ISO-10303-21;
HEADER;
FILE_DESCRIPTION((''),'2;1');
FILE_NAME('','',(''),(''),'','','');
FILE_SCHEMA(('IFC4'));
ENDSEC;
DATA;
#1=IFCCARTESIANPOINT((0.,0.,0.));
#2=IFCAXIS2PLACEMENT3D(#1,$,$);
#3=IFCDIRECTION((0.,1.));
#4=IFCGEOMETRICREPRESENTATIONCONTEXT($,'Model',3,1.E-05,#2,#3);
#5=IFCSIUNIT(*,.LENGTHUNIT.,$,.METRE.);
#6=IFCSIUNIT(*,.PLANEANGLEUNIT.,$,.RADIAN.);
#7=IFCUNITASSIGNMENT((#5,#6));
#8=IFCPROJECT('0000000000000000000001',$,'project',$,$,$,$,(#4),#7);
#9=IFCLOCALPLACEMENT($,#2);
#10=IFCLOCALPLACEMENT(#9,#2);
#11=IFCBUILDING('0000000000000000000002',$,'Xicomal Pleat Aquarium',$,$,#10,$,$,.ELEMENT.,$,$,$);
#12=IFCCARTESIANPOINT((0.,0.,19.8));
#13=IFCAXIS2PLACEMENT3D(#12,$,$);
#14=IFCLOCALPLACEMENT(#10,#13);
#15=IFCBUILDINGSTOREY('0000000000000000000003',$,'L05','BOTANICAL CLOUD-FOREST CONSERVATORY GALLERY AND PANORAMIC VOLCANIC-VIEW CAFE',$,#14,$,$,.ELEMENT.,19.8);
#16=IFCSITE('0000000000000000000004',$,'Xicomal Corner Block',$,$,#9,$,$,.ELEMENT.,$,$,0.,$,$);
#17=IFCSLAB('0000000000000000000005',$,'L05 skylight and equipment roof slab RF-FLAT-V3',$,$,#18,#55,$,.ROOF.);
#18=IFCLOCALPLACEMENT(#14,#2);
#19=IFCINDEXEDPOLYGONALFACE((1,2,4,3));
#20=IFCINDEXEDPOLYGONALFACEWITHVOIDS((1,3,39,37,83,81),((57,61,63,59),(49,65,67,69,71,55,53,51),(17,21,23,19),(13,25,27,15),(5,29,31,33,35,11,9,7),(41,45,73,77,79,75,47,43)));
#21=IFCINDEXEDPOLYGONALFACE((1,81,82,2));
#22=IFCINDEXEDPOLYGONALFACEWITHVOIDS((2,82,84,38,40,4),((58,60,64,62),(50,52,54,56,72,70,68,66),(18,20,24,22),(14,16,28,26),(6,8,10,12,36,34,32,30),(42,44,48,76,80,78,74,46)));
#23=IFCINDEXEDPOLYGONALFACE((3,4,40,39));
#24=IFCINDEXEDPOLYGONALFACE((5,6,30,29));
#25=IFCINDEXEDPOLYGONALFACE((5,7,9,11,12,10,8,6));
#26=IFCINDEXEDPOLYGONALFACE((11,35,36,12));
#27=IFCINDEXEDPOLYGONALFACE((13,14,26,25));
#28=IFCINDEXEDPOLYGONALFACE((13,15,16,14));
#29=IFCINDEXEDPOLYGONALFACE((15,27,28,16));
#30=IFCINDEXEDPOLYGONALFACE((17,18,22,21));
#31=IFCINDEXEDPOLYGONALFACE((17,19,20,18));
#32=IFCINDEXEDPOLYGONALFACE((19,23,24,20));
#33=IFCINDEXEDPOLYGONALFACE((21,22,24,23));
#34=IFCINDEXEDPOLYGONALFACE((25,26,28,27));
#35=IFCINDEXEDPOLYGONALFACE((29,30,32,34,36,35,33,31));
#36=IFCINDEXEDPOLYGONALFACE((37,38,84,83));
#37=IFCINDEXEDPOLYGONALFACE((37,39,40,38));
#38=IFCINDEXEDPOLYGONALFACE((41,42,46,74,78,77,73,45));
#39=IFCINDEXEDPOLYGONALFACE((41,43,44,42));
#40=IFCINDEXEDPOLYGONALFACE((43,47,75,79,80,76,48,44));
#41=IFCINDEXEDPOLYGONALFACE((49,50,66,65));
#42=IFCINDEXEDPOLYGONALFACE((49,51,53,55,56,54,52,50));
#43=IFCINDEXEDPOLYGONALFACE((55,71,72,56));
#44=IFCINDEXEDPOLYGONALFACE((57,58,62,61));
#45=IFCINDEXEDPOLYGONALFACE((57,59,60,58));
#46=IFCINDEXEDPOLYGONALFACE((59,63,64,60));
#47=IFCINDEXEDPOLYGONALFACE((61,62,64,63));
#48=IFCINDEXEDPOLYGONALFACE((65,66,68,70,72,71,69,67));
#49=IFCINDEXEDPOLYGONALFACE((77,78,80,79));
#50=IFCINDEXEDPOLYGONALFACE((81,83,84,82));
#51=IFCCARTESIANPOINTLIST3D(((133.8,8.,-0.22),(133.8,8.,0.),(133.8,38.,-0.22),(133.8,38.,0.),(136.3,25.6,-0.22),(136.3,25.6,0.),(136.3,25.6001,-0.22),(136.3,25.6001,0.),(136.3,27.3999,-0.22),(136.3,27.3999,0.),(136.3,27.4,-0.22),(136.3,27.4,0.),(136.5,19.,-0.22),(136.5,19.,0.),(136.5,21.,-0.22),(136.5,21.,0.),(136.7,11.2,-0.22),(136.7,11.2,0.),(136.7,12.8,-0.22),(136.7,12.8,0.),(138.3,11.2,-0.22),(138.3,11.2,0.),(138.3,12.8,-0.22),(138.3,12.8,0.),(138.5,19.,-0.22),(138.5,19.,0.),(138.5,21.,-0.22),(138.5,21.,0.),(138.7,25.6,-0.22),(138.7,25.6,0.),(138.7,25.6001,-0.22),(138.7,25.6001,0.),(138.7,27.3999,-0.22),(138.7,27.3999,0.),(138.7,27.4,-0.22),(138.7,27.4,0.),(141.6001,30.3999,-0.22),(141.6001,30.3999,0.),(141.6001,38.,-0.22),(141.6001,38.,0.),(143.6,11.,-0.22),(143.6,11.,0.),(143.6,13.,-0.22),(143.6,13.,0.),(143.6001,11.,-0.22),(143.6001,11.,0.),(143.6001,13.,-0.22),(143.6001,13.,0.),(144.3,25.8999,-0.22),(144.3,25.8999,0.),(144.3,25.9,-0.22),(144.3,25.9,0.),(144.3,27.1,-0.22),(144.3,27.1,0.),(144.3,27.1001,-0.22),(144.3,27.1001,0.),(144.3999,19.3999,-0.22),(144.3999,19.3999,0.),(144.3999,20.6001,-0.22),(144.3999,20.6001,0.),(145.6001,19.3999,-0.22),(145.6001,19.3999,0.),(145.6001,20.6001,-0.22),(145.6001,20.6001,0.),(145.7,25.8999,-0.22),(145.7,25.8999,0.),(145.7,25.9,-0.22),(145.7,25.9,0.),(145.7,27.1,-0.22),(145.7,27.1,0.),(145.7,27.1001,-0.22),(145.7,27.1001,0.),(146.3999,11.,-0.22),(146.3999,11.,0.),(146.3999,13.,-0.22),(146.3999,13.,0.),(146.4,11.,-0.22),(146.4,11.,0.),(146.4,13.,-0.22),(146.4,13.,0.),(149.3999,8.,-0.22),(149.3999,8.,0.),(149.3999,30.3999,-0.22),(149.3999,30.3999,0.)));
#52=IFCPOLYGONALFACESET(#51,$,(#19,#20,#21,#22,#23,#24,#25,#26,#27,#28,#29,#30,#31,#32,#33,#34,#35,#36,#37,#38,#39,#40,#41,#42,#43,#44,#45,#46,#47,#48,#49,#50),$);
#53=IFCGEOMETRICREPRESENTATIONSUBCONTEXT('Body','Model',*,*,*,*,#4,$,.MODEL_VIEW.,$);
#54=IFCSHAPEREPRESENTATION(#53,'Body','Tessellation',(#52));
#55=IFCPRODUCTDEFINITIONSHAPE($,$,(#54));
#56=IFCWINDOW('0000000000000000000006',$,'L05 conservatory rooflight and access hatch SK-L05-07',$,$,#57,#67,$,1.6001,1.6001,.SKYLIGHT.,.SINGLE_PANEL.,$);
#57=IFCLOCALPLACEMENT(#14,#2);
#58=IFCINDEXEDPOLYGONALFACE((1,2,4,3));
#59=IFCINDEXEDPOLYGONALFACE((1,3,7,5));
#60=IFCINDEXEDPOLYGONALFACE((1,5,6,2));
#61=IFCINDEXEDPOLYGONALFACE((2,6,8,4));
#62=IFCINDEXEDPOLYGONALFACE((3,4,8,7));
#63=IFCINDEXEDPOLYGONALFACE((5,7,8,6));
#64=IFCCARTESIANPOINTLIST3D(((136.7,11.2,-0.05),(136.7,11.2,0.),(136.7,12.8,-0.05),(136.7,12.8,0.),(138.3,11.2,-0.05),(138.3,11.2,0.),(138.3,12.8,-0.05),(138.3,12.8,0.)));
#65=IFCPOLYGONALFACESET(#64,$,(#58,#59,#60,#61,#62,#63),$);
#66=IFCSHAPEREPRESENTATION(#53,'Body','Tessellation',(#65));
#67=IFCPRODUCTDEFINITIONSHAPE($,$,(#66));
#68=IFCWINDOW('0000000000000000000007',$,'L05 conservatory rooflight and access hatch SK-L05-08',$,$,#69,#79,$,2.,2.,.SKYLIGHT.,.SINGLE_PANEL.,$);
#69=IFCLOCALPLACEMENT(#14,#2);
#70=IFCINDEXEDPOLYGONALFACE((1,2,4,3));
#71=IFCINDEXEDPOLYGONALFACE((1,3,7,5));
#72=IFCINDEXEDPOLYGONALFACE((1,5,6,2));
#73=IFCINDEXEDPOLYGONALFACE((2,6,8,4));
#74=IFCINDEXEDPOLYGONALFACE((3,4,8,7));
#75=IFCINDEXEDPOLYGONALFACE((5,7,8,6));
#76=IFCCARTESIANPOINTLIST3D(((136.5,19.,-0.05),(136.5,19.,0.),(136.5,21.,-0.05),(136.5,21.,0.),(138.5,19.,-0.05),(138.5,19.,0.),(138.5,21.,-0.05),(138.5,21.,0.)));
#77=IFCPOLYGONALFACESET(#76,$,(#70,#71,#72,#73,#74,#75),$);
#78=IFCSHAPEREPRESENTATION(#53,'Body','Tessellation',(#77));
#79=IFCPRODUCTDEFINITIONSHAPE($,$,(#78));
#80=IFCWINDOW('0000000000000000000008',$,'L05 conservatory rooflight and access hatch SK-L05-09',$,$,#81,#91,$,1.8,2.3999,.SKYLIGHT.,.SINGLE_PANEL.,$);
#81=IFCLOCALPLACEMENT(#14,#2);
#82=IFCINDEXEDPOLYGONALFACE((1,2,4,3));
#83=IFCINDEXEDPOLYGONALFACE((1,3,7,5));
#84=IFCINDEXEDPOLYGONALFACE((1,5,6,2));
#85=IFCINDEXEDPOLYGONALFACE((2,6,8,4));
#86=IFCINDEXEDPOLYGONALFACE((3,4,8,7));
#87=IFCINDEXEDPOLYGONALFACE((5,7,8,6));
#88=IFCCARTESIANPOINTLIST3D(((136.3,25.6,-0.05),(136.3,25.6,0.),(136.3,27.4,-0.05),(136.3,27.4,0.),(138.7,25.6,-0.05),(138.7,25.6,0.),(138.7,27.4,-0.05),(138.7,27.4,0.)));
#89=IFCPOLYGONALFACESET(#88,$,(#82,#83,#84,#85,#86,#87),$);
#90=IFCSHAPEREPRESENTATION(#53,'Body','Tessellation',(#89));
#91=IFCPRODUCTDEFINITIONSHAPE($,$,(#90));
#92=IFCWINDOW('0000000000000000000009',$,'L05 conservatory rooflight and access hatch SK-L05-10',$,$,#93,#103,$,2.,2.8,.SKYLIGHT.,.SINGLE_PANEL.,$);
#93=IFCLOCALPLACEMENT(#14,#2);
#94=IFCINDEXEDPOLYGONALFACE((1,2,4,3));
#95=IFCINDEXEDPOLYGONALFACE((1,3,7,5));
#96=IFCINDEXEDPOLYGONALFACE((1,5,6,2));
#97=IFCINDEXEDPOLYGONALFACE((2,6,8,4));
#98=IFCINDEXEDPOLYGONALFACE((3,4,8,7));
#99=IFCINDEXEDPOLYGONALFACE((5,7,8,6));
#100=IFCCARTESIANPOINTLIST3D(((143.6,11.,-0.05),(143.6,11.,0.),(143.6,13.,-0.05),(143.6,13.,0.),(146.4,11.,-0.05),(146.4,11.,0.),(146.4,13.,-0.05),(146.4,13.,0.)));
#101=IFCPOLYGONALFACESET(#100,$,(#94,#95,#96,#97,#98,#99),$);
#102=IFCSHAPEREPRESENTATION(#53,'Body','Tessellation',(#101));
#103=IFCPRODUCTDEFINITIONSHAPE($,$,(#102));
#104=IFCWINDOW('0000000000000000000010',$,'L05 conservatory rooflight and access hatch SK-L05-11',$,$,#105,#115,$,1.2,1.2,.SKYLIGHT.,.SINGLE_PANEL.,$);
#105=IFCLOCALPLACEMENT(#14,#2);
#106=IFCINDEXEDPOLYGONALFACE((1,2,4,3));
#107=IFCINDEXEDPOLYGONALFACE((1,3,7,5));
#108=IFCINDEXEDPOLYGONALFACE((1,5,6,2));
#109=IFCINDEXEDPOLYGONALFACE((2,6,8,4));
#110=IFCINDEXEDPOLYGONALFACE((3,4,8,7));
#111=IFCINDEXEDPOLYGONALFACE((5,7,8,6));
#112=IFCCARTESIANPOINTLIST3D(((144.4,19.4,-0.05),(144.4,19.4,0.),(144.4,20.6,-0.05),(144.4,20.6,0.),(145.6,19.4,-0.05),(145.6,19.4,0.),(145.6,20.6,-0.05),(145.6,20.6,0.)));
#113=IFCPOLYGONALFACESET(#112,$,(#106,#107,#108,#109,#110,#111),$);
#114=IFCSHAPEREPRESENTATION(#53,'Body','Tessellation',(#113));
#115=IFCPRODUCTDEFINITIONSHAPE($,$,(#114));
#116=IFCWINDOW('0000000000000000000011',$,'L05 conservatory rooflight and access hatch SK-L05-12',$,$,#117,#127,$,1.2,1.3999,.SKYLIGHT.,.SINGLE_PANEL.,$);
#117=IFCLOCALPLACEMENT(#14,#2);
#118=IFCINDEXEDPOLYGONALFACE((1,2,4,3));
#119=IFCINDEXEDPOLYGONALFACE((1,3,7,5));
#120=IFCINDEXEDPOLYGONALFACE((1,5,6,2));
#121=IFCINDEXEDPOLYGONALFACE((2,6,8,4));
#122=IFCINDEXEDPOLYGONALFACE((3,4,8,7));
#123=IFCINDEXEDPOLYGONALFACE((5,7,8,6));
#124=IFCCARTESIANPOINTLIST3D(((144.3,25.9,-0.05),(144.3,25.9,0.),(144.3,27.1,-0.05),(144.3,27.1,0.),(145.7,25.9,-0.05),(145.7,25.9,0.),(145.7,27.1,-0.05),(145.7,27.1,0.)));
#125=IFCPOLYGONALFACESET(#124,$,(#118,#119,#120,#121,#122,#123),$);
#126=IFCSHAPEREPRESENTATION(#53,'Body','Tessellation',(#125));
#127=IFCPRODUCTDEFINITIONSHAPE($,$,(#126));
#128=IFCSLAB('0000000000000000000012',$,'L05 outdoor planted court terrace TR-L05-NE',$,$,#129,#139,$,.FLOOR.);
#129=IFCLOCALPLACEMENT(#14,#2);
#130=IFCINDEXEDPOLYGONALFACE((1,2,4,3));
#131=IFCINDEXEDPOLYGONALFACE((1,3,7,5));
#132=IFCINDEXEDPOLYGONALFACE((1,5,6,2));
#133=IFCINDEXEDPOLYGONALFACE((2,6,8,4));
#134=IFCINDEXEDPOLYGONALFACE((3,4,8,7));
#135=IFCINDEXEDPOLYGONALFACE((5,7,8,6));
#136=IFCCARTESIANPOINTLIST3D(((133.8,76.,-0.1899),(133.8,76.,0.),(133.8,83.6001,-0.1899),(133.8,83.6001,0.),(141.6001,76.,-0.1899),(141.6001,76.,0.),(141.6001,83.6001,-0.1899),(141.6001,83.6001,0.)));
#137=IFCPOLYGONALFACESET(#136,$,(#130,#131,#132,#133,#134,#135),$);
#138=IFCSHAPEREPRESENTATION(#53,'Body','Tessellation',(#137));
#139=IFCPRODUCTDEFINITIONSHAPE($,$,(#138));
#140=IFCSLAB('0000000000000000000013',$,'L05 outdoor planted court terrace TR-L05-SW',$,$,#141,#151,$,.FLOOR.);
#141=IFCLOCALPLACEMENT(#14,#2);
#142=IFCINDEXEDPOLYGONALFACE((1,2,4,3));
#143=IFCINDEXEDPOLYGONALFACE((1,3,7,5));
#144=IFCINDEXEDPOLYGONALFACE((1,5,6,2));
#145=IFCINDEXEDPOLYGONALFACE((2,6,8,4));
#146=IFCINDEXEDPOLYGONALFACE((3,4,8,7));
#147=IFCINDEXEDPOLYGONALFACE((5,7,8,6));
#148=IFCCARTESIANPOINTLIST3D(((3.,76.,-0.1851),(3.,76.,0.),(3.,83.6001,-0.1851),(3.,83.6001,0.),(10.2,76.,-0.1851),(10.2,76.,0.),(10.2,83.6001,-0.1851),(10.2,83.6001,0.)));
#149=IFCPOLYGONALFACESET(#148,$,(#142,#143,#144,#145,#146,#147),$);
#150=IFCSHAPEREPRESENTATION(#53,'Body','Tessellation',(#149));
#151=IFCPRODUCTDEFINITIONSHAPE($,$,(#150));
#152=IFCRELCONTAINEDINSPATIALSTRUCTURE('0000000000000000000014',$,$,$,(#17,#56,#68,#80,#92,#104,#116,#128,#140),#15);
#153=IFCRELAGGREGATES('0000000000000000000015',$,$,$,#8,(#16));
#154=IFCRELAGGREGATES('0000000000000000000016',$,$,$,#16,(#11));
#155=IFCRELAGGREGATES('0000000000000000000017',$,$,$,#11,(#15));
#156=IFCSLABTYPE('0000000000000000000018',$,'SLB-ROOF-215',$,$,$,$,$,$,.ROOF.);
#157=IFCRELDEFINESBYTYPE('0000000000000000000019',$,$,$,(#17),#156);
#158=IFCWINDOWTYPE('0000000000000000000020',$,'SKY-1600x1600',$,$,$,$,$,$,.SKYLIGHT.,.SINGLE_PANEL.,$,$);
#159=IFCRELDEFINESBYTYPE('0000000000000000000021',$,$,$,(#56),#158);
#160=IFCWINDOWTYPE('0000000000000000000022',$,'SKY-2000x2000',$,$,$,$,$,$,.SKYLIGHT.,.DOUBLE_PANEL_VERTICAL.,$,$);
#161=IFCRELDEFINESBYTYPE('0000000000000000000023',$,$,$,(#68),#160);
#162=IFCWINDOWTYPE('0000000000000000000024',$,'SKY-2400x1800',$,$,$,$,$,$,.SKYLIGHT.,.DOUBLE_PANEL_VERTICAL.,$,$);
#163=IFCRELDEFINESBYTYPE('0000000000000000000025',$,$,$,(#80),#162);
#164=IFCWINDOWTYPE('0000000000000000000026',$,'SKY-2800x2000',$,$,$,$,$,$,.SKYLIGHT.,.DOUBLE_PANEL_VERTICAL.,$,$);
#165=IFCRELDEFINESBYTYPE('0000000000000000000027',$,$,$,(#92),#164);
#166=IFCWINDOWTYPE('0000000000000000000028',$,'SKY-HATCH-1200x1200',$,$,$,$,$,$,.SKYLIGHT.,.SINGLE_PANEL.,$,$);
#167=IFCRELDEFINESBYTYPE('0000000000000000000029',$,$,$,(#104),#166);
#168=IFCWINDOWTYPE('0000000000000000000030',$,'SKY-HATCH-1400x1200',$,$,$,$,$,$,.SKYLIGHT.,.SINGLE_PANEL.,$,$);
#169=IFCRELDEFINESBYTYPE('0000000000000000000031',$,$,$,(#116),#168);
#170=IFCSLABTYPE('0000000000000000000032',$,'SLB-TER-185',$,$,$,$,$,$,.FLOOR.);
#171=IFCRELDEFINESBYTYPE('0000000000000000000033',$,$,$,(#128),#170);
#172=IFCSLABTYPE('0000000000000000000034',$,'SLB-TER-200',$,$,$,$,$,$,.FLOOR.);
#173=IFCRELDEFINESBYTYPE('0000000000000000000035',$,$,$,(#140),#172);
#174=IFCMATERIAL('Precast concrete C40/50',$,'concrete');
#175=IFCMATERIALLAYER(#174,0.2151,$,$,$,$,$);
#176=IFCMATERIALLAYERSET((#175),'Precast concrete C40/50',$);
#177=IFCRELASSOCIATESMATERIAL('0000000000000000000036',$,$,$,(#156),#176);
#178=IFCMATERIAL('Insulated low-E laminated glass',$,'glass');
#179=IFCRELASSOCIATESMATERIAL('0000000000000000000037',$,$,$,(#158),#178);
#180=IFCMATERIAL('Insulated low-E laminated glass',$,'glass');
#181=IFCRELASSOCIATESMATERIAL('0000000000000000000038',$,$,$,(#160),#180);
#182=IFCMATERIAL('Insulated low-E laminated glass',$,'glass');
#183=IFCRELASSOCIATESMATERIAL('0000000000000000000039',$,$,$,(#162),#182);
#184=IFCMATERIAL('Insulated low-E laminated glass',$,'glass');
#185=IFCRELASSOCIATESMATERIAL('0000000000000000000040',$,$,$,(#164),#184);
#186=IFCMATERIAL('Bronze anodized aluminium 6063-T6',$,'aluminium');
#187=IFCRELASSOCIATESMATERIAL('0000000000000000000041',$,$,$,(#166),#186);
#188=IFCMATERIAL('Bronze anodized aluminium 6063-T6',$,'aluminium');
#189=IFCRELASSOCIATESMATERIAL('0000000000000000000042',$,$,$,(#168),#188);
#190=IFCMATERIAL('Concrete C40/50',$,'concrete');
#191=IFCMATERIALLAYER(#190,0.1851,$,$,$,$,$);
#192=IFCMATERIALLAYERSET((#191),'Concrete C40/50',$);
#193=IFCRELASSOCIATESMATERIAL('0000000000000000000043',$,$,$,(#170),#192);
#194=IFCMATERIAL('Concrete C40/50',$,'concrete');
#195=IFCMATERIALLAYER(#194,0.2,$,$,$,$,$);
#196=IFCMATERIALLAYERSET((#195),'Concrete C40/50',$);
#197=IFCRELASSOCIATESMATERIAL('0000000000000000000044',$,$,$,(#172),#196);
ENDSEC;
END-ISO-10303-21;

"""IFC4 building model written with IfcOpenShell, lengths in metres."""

from ifc_helpers import new_model, si_unit, direction, frame, origin, origin_2d, place, context, subcontext, project, spatial, polyline, rectangle, outline, extrude, material, layer, layer_set, type_object, element, fill, save


model = new_model("IFC4")

# Units and contexts
model_context = context("Model", 3, precision=1e-05, world=origin(), true_north=direction((0.0, 1.0)))
body_context = subcontext(model_context, "Body", "Model", "MODEL_VIEW")
ifc_project = project(units=[si_unit("LENGTHUNIT", "METRE"), si_unit("PLANEANGLEUNIT", "RADIAN")], contexts=[model_context])

# Site, building, storey
site_placement = place(None, origin())
site = spatial("IfcSite", under=ifc_project, at=site_placement, Name="Xicomal Corner Block", CompositionType="ELEMENT", RefElevation=0.0)
building_placement = place(site_placement, origin())
building = spatial("IfcBuilding", under=site, at=building_placement, Name="Xicomal Pleat Aquarium", CompositionType="ELEMENT")
storey_placement = place(building_placement, frame((0.0, 0.0, 19.8)))
storey = spatial("IfcBuildingStorey", under=building, at=storey_placement, Name="L05", Description="BOTANICAL CLOUD-FOREST CONSERVATORY GALLERY AND PANORAMIC VOLCANIC-VIEW CAFE", CompositionType="ELEMENT", Elevation=19.8)

# Slab, openings, windows
ifc_material_1 = material(Name="Precast concrete C40/50", Category="concrete")
ifc_layer_1 = layer(ifc_material_1, 0.2151)
ifc_layer_set_1 = layer_set([ifc_layer_1], Name="Precast concrete C40/50")
slab_type_1 = type_object("IfcSlabType", Name="SLB-ROOF-215", PredefinedType="ROOF", material=ifc_layer_set_1)
ifc_material_2 = material(Name="Insulated low-E laminated glass", Category="glass")
window_type_1 = type_object("IfcWindowType", Name="SKY-1600x1600", PartitioningType="SINGLE_PANEL", PredefinedType="SKYLIGHT", material=ifc_material_2)
ifc_material_3 = material(Name="Insulated low-E laminated glass", Category="glass")
window_type_2 = type_object("IfcWindowType", Name="SKY-2000x2000", PartitioningType="DOUBLE_PANEL_VERTICAL", PredefinedType="SKYLIGHT", material=ifc_material_3)
ifc_material_4 = material(Name="Insulated low-E laminated glass", Category="glass")
window_type_3 = type_object("IfcWindowType", Name="SKY-2400x1800", PartitioningType="DOUBLE_PANEL_VERTICAL", PredefinedType="SKYLIGHT", material=ifc_material_4)
ifc_material_5 = material(Name="Insulated low-E laminated glass", Category="glass")
window_type_4 = type_object("IfcWindowType", Name="SKY-2800x2000", PartitioningType="DOUBLE_PANEL_VERTICAL", PredefinedType="SKYLIGHT", material=ifc_material_5)
ifc_material_6 = material(Name="Bronze anodized aluminium 6063-T6", Category="aluminium")
window_type_5 = type_object("IfcWindowType", Name="SKY-HATCH-1200x1200", PartitioningType="SINGLE_PANEL", PredefinedType="SKYLIGHT", material=ifc_material_6)
ifc_material_7 = material(Name="Bronze anodized aluminium 6063-T6", Category="aluminium")
window_type_6 = type_object("IfcWindowType", Name="SKY-HATCH-1400x1200", PartitioningType="SINGLE_PANEL", PredefinedType="SKYLIGHT", material=ifc_material_7)
slab_1_placement = place(storey_placement, frame((0.0, 0.0, -0.22)))
slab_1 = element("IfcSlab", 1, at=slab_1_placement, inside=storey, type_object=slab_type_1, Name="L05 skylight and equipment roof slab RF-FLAT-V3", PredefinedType="ROOF", context=body_context, shape_type="SweptSolid", body=[
    extrude(outline(polyline([(133.8, 8.0), (149.3999, 8.0), (149.3999, 30.3999), (141.6001, 30.3999), (141.6001, 38.0), (133.8, 38.0), (133.8, 8.0)]), holes=[polyline([(136.7, 11.2), (138.3, 11.2), (138.3, 12.8), (136.7, 12.8), (136.7, 11.2)]), polyline([(136.5, 19.0), (138.5, 19.0), (138.5, 21.0), (136.5, 21.0), (136.5, 19.0)]), polyline([(136.3, 25.6001), (138.7, 25.6001), (138.7, 27.3999), (136.3, 27.3999), (136.3, 25.6001)]), polyline([(143.6001, 11.0), (146.3999, 11.0), (146.3999, 13.0), (143.6001, 13.0), (143.6001, 11.0)]), polyline([(144.3999, 19.3999), (145.6001, 19.3999), (145.6001, 20.6001), (144.3999, 20.6001), (144.3999, 19.3999)]), polyline([(144.3, 25.8999), (145.7, 25.8999), (145.7, 27.1001), (144.3, 27.1001), (144.3, 25.8999)])]), origin(), (0.0, 0.0, 1.0), 0.22),
])
opening_1_placement = place(slab_1_placement, frame((137.5, 12.0, 0.0)))
opening_1 = element("IfcOpeningElement", 2, at=opening_1_placement, cuts=slab_1, PredefinedType="OPENING", context=body_context, shape_type="SweptSolid", body=[
    extrude(rectangle(XDim=1.6001, YDim=1.6001, at=origin_2d()), origin(), (0.0, 0.0, 1.0), 0.22),
])
opening_2_placement = place(slab_1_placement, frame((137.5, 20.0, 0.0)))
opening_2 = element("IfcOpeningElement", 3, at=opening_2_placement, cuts=slab_1, PredefinedType="OPENING", context=body_context, shape_type="SweptSolid", body=[
    extrude(rectangle(XDim=2.0, YDim=2.0, at=origin_2d()), origin(), (0.0, 0.0, 1.0), 0.22),
])
opening_3_placement = place(slab_1_placement, frame((137.5, 26.5, 0.0)))
opening_3 = element("IfcOpeningElement", 4, at=opening_3_placement, cuts=slab_1, PredefinedType="OPENING", context=body_context, shape_type="SweptSolid", body=[
    extrude(rectangle(XDim=2.3999, YDim=1.8, at=origin_2d()), origin(), (0.0, 0.0, 1.0), 0.22),
])
opening_4_placement = place(slab_1_placement, frame((145.0, 12.0, 0.0)))
opening_4 = element("IfcOpeningElement", 5, at=opening_4_placement, cuts=slab_1, PredefinedType="OPENING", context=body_context, shape_type="SweptSolid", body=[
    extrude(rectangle(XDim=2.8, YDim=2.0, at=origin_2d()), origin(), (0.0, 0.0, 1.0), 0.22),
])
opening_5_placement = place(slab_1_placement, frame((145.0, 20.0, 0.0)))
opening_5 = element("IfcOpeningElement", 6, at=opening_5_placement, cuts=slab_1, PredefinedType="OPENING", context=body_context, shape_type="SweptSolid", body=[
    extrude(rectangle(XDim=1.2, YDim=1.2, at=origin_2d()), origin(), (0.0, 0.0, 1.0), 0.22),
])
opening_6_placement = place(slab_1_placement, frame((145.0, 26.5, 0.0)))
opening_6 = element("IfcOpeningElement", 7, at=opening_6_placement, cuts=slab_1, PredefinedType="OPENING", context=body_context, shape_type="SweptSolid", body=[
    extrude(rectangle(XDim=1.3999, YDim=1.2, at=origin_2d()), origin(), (0.0, 0.0, 1.0), 0.22),
])
window_1_placement = place(opening_1_placement, frame((0.0, 0.0, 0.1699)))
window_1 = element("IfcWindow", 8, at=window_1_placement, inside=storey, type_object=window_type_1, Name="L05 conservatory rooflight and access hatch SK-L05-07", OverallHeight=1.6001, OverallWidth=1.6001, PartitioningType="SINGLE_PANEL", PredefinedType="SKYLIGHT", context=body_context, shape_type="SweptSolid", body=[
    extrude(rectangle(XDim=1.6001, YDim=1.6001, at=origin_2d()), origin(), (0.0, 0.0, 1.0), 0.05),
])
fill(opening_1, window_1)
window_2_placement = place(opening_2_placement, frame((0.0, 0.0, 0.1699)))
window_2 = element("IfcWindow", 9, at=window_2_placement, inside=storey, type_object=window_type_2, Name="L05 conservatory rooflight and access hatch SK-L05-08", OverallHeight=2.0, OverallWidth=2.0, PartitioningType="SINGLE_PANEL", PredefinedType="SKYLIGHT", context=body_context, shape_type="SweptSolid", body=[
    extrude(rectangle(XDim=2.0, YDim=2.0, at=origin_2d()), origin(), (0.0, 0.0, 1.0), 0.05),
])
fill(opening_2, window_2)
window_3_placement = place(opening_3_placement, frame((0.0, 0.0, 0.1699)))
window_3 = element("IfcWindow", 10, at=window_3_placement, inside=storey, type_object=window_type_3, Name="L05 conservatory rooflight and access hatch SK-L05-09", OverallHeight=1.8, OverallWidth=2.3999, PartitioningType="SINGLE_PANEL", PredefinedType="SKYLIGHT", context=body_context, shape_type="SweptSolid", body=[
    extrude(rectangle(XDim=2.3999, YDim=1.8, at=origin_2d()), origin(), (0.0, 0.0, 1.0), 0.05),
])
fill(opening_3, window_3)
window_4_placement = place(opening_4_placement, frame((0.0, 0.0, 0.1699)))
window_4 = element("IfcWindow", 11, at=window_4_placement, inside=storey, type_object=window_type_4, Name="L05 conservatory rooflight and access hatch SK-L05-10", OverallHeight=2.0, OverallWidth=2.8, PartitioningType="SINGLE_PANEL", PredefinedType="SKYLIGHT", context=body_context, shape_type="SweptSolid", body=[
    extrude(rectangle(XDim=2.8, YDim=2.0, at=origin_2d()), origin(), (0.0, 0.0, 1.0), 0.05),
])
fill(opening_4, window_4)
window_5_placement = place(opening_5_placement, frame((0.0, 0.0, 0.1699)))
window_5 = element("IfcWindow", 12, at=window_5_placement, inside=storey, type_object=window_type_5, Name="L05 conservatory rooflight and access hatch SK-L05-11", OverallHeight=1.2, OverallWidth=1.2, PartitioningType="SINGLE_PANEL", PredefinedType="SKYLIGHT", context=body_context, shape_type="SweptSolid", body=[
    extrude(rectangle(XDim=1.2, YDim=1.2, at=origin_2d()), origin(), (0.0, 0.0, 1.0), 0.05),
])
fill(opening_5, window_5)
window_6_placement = place(opening_6_placement, frame((0.0, 0.0, 0.1699)))
window_6 = element("IfcWindow", 13, at=window_6_placement, inside=storey, type_object=window_type_6, Name="L05 conservatory rooflight and access hatch SK-L05-12", OverallHeight=1.2, OverallWidth=1.3999, PartitioningType="SINGLE_PANEL", PredefinedType="SKYLIGHT", context=body_context, shape_type="SweptSolid", body=[
    extrude(rectangle(XDim=1.3999, YDim=1.2, at=origin_2d()), origin(), (0.0, 0.0, 1.0), 0.05),
])
fill(opening_6, window_6)

# Slabs
ifc_material_8 = material(Name="Concrete C40/50", Category="concrete")
ifc_layer_2 = layer(ifc_material_8, 0.1851)
ifc_layer_set_2 = layer_set([ifc_layer_2], Name="Concrete C40/50")
slab_type_2 = type_object("IfcSlabType", Name="SLB-TER-185", PredefinedType="FLOOR", material=ifc_layer_set_2)
slab_2_placement = place(storey_placement, frame((0.0, 0.0, -0.1899)))
element("IfcSlab", 14, at=slab_2_placement, inside=storey, type_object=slab_type_2, Name="L05 outdoor planted court terrace TR-L05-NE", PredefinedType="FLOOR", context=body_context, shape_type="SweptSolid", body=[
    extrude(outline(polyline([(133.8, 76.0), (133.8, 83.6001), (141.6001, 83.6001), (141.6001, 76.0), (133.8, 76.0)])), origin(), (0.0, 0.0, 1.0), 0.1899),
])
ifc_material_9 = material(Name="Concrete C40/50", Category="concrete")
ifc_layer_3 = layer(ifc_material_9, 0.2)
ifc_layer_set_3 = layer_set([ifc_layer_3], Name="Concrete C40/50")
slab_type_3 = type_object("IfcSlabType", Name="SLB-TER-200", PredefinedType="FLOOR", material=ifc_layer_set_3)
slab_3_placement = place(storey_placement, frame((0.0, 0.0, -0.1851)))
element("IfcSlab", 15, at=slab_3_placement, inside=storey, type_object=slab_type_3, Name="L05 outdoor planted court terrace TR-L05-SW", PredefinedType="FLOOR", context=body_context, shape_type="SweptSolid", body=[
    extrude(outline(polyline([(3.0, 76.0), (3.0, 83.6001), (10.2, 83.6001), (10.2, 76.0), (3.0, 76.0)])), origin(), (0.0, 0.0, 1.0), 0.1851),
])

save(model, "model.ifc")
